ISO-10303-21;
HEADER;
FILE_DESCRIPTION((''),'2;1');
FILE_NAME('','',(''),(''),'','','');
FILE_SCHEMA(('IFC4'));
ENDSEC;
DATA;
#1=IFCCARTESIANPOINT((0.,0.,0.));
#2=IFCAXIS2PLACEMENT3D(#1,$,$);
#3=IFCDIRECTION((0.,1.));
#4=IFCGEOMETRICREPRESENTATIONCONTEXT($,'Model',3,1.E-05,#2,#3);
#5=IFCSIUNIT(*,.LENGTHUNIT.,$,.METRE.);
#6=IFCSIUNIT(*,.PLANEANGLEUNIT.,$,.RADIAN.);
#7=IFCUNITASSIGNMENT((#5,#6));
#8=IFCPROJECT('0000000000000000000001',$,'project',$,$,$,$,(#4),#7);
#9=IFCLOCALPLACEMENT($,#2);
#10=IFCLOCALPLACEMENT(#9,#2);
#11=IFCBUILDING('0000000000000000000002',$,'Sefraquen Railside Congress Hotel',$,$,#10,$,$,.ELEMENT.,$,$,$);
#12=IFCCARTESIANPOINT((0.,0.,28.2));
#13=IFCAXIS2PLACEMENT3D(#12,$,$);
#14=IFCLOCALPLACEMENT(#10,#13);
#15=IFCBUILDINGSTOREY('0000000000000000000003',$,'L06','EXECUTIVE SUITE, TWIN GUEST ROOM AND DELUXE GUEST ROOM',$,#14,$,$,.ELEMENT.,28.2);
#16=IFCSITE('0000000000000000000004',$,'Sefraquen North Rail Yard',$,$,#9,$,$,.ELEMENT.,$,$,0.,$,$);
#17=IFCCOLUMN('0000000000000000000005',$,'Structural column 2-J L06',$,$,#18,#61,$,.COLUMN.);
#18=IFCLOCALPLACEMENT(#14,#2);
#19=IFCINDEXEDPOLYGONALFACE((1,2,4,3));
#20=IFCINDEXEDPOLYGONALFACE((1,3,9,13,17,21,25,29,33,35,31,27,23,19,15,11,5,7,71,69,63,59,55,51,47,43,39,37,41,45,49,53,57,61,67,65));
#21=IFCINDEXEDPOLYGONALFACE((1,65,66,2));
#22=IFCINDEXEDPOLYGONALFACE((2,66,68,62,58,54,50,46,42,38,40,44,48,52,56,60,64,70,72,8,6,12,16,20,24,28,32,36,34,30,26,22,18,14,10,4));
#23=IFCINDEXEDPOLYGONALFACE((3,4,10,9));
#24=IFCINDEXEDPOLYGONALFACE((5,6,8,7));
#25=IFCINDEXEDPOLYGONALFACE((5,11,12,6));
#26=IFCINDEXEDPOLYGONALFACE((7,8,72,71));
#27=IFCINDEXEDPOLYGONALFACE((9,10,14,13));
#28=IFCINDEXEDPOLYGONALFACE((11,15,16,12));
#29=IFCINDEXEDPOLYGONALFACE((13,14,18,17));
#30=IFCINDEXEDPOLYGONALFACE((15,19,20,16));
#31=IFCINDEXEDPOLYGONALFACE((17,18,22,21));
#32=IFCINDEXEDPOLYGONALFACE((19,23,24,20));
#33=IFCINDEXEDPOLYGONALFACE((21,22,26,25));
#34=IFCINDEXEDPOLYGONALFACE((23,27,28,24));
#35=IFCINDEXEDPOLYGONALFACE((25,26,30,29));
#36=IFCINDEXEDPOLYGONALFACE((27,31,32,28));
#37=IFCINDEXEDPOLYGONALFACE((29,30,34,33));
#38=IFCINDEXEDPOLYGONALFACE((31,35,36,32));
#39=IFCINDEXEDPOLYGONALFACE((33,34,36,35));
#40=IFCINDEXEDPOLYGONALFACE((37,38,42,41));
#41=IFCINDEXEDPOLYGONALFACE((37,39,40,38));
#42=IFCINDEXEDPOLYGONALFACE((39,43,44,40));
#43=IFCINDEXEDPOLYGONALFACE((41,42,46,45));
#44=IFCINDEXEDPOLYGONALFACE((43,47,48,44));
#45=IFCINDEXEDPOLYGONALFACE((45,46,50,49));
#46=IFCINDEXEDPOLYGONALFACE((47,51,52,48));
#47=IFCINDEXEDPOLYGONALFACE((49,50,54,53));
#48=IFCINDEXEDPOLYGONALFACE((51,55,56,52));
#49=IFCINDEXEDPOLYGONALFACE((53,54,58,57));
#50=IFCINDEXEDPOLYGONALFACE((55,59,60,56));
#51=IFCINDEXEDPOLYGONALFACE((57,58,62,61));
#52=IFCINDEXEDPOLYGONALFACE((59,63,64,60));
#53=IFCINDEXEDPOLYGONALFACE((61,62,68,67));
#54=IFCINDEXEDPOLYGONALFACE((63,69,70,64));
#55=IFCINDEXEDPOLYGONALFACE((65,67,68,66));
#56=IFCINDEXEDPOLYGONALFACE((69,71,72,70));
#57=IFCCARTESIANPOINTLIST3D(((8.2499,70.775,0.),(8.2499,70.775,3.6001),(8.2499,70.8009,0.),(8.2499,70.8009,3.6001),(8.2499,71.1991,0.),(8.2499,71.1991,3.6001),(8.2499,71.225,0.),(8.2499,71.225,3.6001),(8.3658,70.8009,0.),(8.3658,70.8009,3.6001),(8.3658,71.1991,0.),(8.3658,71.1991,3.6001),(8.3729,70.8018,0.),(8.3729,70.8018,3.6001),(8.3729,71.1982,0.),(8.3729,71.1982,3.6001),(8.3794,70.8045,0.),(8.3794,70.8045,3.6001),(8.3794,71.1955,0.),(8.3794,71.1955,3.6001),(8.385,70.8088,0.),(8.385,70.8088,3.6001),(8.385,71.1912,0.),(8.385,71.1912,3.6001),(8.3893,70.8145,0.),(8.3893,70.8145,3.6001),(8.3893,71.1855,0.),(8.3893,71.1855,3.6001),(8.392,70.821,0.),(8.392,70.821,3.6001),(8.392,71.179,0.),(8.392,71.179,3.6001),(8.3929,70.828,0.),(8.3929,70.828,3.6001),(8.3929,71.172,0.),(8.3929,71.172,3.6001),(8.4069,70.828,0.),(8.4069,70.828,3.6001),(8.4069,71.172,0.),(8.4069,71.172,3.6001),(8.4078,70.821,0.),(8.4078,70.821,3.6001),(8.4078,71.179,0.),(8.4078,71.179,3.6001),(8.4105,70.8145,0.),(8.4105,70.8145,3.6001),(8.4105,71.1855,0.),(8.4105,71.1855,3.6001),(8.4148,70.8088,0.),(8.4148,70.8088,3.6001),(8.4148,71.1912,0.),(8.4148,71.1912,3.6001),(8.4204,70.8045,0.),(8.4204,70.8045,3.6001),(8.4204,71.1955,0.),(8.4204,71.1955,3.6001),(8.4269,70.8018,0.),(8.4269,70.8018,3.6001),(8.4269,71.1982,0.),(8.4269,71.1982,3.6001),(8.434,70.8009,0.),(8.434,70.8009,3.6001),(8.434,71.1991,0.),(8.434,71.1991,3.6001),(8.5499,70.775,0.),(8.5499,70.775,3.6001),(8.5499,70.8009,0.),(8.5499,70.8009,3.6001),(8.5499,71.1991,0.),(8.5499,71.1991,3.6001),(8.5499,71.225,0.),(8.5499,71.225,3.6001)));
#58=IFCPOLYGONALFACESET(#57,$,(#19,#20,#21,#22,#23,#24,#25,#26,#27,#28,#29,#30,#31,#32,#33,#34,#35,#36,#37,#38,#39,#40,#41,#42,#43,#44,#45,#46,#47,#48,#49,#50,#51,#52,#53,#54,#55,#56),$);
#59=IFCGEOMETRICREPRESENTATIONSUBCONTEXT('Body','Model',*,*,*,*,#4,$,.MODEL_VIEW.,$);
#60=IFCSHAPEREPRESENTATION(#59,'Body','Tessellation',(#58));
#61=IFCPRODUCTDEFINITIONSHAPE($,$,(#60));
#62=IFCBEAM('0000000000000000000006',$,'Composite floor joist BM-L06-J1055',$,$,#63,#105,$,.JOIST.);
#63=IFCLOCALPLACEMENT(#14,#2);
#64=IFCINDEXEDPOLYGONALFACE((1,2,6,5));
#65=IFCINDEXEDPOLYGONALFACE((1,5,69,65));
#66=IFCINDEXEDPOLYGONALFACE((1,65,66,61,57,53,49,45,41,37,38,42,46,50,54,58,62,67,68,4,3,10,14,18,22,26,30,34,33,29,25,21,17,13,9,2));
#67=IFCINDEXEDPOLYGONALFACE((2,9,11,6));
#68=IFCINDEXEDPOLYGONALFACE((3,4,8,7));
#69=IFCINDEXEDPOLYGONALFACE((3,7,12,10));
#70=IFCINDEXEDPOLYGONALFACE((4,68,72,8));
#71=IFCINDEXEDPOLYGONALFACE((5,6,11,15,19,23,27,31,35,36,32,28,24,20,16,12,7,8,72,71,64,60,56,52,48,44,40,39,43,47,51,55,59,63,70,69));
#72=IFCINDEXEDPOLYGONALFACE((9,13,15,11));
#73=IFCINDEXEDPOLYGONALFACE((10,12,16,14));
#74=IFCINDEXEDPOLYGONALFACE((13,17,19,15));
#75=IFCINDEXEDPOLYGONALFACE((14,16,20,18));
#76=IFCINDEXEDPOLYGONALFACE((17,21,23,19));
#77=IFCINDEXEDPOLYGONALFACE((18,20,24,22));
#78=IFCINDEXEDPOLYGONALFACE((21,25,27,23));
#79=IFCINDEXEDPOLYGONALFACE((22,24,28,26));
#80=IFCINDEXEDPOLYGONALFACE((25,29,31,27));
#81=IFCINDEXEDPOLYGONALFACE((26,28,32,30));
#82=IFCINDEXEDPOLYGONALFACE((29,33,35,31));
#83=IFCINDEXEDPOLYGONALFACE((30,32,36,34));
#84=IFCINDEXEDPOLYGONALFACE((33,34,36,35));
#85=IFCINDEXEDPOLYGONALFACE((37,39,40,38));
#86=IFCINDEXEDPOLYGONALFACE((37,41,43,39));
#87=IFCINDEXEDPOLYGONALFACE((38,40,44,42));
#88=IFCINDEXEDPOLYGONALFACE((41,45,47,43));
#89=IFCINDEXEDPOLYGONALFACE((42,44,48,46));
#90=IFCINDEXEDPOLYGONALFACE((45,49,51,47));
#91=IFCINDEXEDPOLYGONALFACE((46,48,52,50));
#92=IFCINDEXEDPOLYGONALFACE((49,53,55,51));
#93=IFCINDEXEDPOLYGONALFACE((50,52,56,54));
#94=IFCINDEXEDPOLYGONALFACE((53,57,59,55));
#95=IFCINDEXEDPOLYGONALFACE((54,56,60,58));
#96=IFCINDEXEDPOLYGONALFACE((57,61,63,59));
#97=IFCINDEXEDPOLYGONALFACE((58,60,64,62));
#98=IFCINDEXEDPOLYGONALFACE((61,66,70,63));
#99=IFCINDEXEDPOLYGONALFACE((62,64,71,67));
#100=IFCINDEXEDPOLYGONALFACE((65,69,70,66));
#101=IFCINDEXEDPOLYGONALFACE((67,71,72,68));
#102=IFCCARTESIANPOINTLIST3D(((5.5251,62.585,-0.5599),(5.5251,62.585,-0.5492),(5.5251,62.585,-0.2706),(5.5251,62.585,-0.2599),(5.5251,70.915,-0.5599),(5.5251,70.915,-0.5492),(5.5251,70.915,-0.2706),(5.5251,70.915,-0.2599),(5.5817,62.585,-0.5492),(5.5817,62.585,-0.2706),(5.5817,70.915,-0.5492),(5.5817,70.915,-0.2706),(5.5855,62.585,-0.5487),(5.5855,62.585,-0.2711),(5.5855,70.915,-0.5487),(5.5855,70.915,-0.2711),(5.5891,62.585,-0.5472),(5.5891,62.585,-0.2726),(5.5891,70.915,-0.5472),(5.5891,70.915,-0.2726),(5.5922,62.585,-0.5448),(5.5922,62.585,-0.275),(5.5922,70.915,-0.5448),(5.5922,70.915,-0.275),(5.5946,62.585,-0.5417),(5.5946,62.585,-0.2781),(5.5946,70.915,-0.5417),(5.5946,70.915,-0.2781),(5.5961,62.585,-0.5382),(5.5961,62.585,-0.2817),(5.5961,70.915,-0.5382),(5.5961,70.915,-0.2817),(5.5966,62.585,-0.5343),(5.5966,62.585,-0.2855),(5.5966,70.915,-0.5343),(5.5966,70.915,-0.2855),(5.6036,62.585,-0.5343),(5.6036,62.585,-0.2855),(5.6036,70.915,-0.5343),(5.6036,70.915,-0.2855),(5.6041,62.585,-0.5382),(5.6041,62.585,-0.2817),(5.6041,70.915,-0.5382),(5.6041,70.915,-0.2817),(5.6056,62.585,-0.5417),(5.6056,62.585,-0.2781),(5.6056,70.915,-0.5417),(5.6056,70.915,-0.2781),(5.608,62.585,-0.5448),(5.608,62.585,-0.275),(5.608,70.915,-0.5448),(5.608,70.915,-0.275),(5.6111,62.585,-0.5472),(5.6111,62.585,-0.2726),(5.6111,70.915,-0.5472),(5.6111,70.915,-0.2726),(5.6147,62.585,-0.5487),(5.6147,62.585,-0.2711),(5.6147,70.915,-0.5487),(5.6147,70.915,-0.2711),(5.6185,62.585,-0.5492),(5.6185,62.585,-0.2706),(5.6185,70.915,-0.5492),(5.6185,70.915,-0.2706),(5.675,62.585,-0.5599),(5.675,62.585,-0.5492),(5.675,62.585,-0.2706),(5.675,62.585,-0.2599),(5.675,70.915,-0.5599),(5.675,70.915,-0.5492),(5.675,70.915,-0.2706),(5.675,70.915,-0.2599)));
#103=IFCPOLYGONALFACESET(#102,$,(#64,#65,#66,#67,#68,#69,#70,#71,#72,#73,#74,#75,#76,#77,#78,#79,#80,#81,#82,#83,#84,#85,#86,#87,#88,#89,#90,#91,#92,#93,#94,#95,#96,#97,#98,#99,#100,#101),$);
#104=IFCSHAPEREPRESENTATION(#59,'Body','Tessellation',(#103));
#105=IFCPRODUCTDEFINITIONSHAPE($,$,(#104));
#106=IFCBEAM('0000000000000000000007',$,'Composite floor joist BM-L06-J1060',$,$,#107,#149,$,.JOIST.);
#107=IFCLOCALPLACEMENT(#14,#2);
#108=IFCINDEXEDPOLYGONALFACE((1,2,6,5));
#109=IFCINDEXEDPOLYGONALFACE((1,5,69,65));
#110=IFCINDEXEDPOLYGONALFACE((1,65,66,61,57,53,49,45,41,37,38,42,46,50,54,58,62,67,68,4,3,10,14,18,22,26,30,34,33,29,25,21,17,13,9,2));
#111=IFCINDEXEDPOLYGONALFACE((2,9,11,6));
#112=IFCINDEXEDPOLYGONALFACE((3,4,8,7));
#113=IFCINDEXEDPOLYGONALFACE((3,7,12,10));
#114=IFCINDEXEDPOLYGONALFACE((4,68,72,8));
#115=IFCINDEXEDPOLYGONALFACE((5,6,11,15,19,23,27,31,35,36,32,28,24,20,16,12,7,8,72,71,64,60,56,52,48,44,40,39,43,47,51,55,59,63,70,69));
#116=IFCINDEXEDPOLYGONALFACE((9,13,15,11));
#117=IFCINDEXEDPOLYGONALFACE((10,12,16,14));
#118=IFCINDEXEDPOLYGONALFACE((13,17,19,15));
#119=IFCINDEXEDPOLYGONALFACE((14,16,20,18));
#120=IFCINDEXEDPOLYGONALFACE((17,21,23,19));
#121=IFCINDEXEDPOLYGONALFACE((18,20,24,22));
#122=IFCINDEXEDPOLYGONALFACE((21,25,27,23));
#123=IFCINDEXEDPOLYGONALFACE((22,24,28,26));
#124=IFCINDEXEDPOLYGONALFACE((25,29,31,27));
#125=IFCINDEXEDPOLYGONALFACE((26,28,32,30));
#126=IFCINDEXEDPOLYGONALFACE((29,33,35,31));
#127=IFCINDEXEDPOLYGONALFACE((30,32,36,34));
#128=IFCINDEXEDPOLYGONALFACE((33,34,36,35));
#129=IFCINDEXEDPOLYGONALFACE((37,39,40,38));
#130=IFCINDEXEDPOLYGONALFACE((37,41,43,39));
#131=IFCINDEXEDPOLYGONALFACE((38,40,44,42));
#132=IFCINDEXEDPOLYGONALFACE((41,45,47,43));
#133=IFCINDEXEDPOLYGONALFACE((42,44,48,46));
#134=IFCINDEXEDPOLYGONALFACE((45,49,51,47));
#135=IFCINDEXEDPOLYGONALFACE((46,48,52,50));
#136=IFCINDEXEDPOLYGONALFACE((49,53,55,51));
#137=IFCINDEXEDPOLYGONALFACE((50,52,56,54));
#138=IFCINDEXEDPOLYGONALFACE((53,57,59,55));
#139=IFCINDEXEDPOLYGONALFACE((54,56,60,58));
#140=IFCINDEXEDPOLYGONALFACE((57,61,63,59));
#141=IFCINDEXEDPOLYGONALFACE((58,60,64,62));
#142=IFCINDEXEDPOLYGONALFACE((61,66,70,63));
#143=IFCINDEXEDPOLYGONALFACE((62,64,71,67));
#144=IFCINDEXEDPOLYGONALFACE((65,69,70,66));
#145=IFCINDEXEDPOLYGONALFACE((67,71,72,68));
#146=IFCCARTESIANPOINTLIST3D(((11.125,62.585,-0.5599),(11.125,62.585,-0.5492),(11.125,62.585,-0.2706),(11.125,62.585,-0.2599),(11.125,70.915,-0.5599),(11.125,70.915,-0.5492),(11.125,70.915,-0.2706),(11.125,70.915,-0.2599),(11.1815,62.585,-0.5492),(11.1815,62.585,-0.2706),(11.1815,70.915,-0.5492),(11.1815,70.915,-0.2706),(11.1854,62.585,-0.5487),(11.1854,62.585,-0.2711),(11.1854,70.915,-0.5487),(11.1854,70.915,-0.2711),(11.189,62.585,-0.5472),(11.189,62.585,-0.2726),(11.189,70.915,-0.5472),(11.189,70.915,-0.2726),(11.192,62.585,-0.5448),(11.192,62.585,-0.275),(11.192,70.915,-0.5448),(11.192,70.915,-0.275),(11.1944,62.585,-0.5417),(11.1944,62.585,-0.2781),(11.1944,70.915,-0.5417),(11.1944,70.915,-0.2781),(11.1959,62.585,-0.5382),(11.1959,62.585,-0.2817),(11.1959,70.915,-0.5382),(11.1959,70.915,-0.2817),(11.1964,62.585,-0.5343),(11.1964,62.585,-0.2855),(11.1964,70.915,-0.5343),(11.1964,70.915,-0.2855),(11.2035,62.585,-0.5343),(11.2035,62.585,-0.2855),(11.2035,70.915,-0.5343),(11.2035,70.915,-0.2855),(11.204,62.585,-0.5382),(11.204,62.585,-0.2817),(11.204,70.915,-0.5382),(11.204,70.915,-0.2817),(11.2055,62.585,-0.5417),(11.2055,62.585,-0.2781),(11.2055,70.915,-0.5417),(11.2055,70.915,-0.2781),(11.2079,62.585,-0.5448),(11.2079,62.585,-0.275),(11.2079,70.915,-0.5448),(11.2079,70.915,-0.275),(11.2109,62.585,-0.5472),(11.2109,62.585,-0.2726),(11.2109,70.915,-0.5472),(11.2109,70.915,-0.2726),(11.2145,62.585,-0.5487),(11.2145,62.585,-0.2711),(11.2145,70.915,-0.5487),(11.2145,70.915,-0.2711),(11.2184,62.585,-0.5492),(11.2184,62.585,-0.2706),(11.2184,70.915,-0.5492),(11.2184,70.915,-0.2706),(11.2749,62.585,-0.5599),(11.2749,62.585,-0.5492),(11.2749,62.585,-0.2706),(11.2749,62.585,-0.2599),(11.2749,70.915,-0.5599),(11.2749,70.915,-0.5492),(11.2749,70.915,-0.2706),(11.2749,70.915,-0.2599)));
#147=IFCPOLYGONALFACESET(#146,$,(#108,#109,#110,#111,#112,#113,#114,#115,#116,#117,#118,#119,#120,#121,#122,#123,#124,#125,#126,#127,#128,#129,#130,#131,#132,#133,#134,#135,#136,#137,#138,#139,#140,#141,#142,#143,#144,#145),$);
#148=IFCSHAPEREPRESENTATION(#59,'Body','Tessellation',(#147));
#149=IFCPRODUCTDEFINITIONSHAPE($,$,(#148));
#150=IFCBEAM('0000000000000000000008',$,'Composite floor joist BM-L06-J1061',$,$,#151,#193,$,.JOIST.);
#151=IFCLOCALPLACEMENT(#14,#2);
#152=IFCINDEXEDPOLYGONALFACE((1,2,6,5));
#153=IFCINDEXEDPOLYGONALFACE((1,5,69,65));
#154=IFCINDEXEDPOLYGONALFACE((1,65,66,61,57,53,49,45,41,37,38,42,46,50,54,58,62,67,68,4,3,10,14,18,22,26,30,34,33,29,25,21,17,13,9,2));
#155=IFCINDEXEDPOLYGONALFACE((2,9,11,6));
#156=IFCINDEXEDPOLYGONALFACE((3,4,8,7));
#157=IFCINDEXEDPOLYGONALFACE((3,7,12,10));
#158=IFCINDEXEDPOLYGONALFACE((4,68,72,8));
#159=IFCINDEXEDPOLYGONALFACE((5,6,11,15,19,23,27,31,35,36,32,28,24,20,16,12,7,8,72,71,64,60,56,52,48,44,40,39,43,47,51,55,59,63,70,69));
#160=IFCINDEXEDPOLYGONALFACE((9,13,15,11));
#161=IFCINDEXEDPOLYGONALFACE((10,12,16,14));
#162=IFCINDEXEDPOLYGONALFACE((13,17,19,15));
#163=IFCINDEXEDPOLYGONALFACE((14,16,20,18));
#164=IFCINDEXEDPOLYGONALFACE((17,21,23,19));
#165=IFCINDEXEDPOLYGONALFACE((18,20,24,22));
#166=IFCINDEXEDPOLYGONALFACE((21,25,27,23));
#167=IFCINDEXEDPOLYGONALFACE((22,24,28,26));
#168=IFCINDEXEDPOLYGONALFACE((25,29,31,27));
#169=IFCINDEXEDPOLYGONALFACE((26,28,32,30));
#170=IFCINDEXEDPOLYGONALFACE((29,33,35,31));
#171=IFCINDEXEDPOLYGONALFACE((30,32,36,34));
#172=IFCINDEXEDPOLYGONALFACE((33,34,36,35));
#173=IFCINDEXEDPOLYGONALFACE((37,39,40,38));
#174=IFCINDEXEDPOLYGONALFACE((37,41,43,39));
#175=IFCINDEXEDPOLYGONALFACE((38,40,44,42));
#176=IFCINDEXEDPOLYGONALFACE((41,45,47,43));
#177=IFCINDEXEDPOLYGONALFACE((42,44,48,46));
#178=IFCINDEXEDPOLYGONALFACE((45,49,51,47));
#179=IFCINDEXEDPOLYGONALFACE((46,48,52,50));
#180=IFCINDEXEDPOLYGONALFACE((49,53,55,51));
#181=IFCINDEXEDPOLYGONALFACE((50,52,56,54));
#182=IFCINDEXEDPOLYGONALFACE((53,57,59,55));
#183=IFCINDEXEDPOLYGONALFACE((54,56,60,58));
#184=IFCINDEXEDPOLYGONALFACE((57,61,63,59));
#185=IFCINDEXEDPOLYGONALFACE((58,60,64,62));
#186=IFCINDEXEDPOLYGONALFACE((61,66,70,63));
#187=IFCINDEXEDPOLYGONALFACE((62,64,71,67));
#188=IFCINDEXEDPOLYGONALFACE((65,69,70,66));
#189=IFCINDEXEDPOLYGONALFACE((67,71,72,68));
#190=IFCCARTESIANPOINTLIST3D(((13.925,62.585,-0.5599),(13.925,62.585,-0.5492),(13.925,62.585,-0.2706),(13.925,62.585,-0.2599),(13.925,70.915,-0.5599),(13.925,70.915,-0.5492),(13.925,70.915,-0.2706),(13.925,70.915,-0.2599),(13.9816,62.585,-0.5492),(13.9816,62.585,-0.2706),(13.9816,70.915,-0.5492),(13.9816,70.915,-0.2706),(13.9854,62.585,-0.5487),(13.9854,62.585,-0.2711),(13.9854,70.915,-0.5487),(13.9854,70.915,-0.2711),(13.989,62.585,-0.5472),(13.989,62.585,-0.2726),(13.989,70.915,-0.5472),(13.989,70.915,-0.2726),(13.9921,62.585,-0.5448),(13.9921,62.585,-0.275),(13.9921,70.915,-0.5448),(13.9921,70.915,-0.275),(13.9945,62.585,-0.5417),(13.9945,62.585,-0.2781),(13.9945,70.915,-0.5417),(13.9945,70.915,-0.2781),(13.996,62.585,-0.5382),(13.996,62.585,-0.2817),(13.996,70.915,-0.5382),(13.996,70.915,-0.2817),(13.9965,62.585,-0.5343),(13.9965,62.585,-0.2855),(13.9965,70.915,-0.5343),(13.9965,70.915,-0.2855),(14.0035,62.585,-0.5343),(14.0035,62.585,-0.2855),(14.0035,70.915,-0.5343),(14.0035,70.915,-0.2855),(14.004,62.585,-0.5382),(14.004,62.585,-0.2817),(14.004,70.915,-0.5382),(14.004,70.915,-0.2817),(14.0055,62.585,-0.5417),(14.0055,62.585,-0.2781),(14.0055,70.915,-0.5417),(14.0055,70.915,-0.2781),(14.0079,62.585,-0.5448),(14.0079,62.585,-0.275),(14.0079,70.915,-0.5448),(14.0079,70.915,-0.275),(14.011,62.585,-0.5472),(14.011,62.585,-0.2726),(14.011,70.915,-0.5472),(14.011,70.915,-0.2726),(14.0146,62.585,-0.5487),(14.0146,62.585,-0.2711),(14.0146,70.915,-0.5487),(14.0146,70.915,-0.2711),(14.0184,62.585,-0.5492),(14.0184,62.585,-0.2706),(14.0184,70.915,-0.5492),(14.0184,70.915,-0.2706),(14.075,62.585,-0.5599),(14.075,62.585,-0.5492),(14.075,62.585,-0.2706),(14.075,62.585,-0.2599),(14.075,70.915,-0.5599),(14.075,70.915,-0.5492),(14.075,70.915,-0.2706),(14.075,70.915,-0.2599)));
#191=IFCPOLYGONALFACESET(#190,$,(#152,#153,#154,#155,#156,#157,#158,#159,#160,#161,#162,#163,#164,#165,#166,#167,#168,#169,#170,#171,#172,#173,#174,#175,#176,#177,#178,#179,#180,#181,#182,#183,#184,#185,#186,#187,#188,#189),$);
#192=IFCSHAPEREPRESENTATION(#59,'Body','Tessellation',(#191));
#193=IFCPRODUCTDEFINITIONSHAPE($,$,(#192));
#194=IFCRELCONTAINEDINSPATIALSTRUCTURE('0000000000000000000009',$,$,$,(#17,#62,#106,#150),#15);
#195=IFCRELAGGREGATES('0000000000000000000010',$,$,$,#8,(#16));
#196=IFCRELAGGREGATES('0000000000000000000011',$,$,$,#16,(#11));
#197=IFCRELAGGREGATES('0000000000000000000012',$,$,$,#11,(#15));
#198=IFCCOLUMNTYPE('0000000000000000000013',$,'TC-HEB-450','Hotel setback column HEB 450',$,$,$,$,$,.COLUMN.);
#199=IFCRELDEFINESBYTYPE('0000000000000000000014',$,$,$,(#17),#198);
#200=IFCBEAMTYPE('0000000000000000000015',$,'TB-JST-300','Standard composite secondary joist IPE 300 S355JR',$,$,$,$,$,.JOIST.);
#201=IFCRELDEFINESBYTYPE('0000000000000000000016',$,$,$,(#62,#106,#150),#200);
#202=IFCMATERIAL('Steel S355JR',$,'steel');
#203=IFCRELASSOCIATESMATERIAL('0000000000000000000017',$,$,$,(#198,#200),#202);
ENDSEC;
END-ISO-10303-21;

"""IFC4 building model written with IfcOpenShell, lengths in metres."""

from ifc_helpers import new_model, si_unit, direction, frame, origin, origin_2d, place, context, subcontext, project, spatial, i_section, extrude, material, material_profile, profile_set, type_object, element, save


model = new_model("IFC4")

# Units and contexts
model_context = context("Model", 3, precision=1e-05, world=origin(), true_north=direction((0.0, 1.0)))
body_context = subcontext(model_context, "Body", "Model", "MODEL_VIEW")
ifc_project = project(units=[si_unit("LENGTHUNIT", "METRE"), si_unit("PLANEANGLEUNIT", "RADIAN")], contexts=[model_context])

# Site, building, storey
site_placement = place(None, origin())
site = spatial("IfcSite", under=ifc_project, at=site_placement, Name="Sefraquen North Rail Yard", CompositionType="ELEMENT", RefElevation=0.0)
building_placement = place(site_placement, origin())
building = spatial("IfcBuilding", under=site, at=building_placement, Name="Sefraquen Railside Congress Hotel", CompositionType="ELEMENT")
storey_placement = place(building_placement, frame((0.0, 0.0, 28.2)))
storey = spatial("IfcBuildingStorey", under=building, at=storey_placement, Name="L06", Description="EXECUTIVE SUITE, TWIN GUEST ROOM AND DELUXE GUEST ROOM", CompositionType="ELEMENT", Elevation=28.2)

# Column
ifc_material_1 = material(Name="Steel S355JR", Category="steel")
ifc_material_profile_1 = material_profile(ifc_material_1, i_section(OverallWidth=0.3, OverallDepth=0.45, WebThickness=0.0139, FlangeThickness=0.0259, FilletRadius=0.0271, at=origin_2d()), Name="HEB 450")
ifc_profile_set_1 = profile_set([ifc_material_profile_1], Name="Steel S355JR")
column_type = type_object("IfcColumnType", Name="TC-HEB-450", Description="Hotel setback column HEB 450", PredefinedType="COLUMN", material=ifc_profile_set_1)
column_placement = place(storey_placement, frame((8.3999, 71.0, 0.0), z_axis=(0.0, 0.0, 1.0), x_axis=(1.0, 0.0, 0.0)))
element("IfcColumn", 1, at=column_placement, inside=storey, type_object=column_type, Name="Structural column 2-J L06", PredefinedType="COLUMN", context=body_context, shape_type="SweptSolid", body=[
    extrude(i_section(OverallWidth=0.3, OverallDepth=0.45, WebThickness=0.0139, FlangeThickness=0.0259, FilletRadius=0.0271, at=origin_2d()), origin(), (0.0, 0.0, 1.0), 3.6001),
])

# Beams
ifc_material_profile_2 = material_profile(ifc_material_1, i_section(OverallWidth=0.1499, OverallDepth=0.3, WebThickness=0.0071, FlangeThickness=0.0107, FilletRadius=0.0149, at=origin_2d()), Name="IPE 300")
ifc_profile_set_2 = profile_set([ifc_material_profile_2], Name="Steel S355JR")
beam_type = type_object("IfcBeamType", Name="TB-JST-300", Description="Standard composite secondary joist IPE 300 S355JR", PredefinedType="JOIST", material=ifc_profile_set_2)
for number, where, z_axis, x_axis, name in (
    (2, (5.6001, 62.585, -0.4099), (0.0, 1.0, 0.0), (-1.0, 0.0, 0.0), "Composite floor joist BM-L06-J1055"),
    (3, (11.2, 62.585, -0.4099), (0.0, 1.0, 0.0), (-1.0, 0.0, 0.0), "Composite floor joist BM-L06-J1060"),
    (4, (14.0, 62.585, -0.4099), (0.0, 1.0, 0.0), (-1.0, 0.0, 0.0), "Composite floor joist BM-L06-J1061"),
):
    element("IfcBeam", number, at=place(storey_placement, frame(where, z_axis=z_axis, x_axis=x_axis)), inside=storey, type_object=beam_type, Name=name, PredefinedType="JOIST", context=body_context, shape_type="SweptSolid", body=[
        extrude(i_section(OverallWidth=0.1499, OverallDepth=0.3, WebThickness=0.0071, FlangeThickness=0.0107, FilletRadius=0.0149, at=origin_2d()), origin(), (0.0, 0.0, 1.0), 8.3301),
    ])

save(model, "model.ifc")
